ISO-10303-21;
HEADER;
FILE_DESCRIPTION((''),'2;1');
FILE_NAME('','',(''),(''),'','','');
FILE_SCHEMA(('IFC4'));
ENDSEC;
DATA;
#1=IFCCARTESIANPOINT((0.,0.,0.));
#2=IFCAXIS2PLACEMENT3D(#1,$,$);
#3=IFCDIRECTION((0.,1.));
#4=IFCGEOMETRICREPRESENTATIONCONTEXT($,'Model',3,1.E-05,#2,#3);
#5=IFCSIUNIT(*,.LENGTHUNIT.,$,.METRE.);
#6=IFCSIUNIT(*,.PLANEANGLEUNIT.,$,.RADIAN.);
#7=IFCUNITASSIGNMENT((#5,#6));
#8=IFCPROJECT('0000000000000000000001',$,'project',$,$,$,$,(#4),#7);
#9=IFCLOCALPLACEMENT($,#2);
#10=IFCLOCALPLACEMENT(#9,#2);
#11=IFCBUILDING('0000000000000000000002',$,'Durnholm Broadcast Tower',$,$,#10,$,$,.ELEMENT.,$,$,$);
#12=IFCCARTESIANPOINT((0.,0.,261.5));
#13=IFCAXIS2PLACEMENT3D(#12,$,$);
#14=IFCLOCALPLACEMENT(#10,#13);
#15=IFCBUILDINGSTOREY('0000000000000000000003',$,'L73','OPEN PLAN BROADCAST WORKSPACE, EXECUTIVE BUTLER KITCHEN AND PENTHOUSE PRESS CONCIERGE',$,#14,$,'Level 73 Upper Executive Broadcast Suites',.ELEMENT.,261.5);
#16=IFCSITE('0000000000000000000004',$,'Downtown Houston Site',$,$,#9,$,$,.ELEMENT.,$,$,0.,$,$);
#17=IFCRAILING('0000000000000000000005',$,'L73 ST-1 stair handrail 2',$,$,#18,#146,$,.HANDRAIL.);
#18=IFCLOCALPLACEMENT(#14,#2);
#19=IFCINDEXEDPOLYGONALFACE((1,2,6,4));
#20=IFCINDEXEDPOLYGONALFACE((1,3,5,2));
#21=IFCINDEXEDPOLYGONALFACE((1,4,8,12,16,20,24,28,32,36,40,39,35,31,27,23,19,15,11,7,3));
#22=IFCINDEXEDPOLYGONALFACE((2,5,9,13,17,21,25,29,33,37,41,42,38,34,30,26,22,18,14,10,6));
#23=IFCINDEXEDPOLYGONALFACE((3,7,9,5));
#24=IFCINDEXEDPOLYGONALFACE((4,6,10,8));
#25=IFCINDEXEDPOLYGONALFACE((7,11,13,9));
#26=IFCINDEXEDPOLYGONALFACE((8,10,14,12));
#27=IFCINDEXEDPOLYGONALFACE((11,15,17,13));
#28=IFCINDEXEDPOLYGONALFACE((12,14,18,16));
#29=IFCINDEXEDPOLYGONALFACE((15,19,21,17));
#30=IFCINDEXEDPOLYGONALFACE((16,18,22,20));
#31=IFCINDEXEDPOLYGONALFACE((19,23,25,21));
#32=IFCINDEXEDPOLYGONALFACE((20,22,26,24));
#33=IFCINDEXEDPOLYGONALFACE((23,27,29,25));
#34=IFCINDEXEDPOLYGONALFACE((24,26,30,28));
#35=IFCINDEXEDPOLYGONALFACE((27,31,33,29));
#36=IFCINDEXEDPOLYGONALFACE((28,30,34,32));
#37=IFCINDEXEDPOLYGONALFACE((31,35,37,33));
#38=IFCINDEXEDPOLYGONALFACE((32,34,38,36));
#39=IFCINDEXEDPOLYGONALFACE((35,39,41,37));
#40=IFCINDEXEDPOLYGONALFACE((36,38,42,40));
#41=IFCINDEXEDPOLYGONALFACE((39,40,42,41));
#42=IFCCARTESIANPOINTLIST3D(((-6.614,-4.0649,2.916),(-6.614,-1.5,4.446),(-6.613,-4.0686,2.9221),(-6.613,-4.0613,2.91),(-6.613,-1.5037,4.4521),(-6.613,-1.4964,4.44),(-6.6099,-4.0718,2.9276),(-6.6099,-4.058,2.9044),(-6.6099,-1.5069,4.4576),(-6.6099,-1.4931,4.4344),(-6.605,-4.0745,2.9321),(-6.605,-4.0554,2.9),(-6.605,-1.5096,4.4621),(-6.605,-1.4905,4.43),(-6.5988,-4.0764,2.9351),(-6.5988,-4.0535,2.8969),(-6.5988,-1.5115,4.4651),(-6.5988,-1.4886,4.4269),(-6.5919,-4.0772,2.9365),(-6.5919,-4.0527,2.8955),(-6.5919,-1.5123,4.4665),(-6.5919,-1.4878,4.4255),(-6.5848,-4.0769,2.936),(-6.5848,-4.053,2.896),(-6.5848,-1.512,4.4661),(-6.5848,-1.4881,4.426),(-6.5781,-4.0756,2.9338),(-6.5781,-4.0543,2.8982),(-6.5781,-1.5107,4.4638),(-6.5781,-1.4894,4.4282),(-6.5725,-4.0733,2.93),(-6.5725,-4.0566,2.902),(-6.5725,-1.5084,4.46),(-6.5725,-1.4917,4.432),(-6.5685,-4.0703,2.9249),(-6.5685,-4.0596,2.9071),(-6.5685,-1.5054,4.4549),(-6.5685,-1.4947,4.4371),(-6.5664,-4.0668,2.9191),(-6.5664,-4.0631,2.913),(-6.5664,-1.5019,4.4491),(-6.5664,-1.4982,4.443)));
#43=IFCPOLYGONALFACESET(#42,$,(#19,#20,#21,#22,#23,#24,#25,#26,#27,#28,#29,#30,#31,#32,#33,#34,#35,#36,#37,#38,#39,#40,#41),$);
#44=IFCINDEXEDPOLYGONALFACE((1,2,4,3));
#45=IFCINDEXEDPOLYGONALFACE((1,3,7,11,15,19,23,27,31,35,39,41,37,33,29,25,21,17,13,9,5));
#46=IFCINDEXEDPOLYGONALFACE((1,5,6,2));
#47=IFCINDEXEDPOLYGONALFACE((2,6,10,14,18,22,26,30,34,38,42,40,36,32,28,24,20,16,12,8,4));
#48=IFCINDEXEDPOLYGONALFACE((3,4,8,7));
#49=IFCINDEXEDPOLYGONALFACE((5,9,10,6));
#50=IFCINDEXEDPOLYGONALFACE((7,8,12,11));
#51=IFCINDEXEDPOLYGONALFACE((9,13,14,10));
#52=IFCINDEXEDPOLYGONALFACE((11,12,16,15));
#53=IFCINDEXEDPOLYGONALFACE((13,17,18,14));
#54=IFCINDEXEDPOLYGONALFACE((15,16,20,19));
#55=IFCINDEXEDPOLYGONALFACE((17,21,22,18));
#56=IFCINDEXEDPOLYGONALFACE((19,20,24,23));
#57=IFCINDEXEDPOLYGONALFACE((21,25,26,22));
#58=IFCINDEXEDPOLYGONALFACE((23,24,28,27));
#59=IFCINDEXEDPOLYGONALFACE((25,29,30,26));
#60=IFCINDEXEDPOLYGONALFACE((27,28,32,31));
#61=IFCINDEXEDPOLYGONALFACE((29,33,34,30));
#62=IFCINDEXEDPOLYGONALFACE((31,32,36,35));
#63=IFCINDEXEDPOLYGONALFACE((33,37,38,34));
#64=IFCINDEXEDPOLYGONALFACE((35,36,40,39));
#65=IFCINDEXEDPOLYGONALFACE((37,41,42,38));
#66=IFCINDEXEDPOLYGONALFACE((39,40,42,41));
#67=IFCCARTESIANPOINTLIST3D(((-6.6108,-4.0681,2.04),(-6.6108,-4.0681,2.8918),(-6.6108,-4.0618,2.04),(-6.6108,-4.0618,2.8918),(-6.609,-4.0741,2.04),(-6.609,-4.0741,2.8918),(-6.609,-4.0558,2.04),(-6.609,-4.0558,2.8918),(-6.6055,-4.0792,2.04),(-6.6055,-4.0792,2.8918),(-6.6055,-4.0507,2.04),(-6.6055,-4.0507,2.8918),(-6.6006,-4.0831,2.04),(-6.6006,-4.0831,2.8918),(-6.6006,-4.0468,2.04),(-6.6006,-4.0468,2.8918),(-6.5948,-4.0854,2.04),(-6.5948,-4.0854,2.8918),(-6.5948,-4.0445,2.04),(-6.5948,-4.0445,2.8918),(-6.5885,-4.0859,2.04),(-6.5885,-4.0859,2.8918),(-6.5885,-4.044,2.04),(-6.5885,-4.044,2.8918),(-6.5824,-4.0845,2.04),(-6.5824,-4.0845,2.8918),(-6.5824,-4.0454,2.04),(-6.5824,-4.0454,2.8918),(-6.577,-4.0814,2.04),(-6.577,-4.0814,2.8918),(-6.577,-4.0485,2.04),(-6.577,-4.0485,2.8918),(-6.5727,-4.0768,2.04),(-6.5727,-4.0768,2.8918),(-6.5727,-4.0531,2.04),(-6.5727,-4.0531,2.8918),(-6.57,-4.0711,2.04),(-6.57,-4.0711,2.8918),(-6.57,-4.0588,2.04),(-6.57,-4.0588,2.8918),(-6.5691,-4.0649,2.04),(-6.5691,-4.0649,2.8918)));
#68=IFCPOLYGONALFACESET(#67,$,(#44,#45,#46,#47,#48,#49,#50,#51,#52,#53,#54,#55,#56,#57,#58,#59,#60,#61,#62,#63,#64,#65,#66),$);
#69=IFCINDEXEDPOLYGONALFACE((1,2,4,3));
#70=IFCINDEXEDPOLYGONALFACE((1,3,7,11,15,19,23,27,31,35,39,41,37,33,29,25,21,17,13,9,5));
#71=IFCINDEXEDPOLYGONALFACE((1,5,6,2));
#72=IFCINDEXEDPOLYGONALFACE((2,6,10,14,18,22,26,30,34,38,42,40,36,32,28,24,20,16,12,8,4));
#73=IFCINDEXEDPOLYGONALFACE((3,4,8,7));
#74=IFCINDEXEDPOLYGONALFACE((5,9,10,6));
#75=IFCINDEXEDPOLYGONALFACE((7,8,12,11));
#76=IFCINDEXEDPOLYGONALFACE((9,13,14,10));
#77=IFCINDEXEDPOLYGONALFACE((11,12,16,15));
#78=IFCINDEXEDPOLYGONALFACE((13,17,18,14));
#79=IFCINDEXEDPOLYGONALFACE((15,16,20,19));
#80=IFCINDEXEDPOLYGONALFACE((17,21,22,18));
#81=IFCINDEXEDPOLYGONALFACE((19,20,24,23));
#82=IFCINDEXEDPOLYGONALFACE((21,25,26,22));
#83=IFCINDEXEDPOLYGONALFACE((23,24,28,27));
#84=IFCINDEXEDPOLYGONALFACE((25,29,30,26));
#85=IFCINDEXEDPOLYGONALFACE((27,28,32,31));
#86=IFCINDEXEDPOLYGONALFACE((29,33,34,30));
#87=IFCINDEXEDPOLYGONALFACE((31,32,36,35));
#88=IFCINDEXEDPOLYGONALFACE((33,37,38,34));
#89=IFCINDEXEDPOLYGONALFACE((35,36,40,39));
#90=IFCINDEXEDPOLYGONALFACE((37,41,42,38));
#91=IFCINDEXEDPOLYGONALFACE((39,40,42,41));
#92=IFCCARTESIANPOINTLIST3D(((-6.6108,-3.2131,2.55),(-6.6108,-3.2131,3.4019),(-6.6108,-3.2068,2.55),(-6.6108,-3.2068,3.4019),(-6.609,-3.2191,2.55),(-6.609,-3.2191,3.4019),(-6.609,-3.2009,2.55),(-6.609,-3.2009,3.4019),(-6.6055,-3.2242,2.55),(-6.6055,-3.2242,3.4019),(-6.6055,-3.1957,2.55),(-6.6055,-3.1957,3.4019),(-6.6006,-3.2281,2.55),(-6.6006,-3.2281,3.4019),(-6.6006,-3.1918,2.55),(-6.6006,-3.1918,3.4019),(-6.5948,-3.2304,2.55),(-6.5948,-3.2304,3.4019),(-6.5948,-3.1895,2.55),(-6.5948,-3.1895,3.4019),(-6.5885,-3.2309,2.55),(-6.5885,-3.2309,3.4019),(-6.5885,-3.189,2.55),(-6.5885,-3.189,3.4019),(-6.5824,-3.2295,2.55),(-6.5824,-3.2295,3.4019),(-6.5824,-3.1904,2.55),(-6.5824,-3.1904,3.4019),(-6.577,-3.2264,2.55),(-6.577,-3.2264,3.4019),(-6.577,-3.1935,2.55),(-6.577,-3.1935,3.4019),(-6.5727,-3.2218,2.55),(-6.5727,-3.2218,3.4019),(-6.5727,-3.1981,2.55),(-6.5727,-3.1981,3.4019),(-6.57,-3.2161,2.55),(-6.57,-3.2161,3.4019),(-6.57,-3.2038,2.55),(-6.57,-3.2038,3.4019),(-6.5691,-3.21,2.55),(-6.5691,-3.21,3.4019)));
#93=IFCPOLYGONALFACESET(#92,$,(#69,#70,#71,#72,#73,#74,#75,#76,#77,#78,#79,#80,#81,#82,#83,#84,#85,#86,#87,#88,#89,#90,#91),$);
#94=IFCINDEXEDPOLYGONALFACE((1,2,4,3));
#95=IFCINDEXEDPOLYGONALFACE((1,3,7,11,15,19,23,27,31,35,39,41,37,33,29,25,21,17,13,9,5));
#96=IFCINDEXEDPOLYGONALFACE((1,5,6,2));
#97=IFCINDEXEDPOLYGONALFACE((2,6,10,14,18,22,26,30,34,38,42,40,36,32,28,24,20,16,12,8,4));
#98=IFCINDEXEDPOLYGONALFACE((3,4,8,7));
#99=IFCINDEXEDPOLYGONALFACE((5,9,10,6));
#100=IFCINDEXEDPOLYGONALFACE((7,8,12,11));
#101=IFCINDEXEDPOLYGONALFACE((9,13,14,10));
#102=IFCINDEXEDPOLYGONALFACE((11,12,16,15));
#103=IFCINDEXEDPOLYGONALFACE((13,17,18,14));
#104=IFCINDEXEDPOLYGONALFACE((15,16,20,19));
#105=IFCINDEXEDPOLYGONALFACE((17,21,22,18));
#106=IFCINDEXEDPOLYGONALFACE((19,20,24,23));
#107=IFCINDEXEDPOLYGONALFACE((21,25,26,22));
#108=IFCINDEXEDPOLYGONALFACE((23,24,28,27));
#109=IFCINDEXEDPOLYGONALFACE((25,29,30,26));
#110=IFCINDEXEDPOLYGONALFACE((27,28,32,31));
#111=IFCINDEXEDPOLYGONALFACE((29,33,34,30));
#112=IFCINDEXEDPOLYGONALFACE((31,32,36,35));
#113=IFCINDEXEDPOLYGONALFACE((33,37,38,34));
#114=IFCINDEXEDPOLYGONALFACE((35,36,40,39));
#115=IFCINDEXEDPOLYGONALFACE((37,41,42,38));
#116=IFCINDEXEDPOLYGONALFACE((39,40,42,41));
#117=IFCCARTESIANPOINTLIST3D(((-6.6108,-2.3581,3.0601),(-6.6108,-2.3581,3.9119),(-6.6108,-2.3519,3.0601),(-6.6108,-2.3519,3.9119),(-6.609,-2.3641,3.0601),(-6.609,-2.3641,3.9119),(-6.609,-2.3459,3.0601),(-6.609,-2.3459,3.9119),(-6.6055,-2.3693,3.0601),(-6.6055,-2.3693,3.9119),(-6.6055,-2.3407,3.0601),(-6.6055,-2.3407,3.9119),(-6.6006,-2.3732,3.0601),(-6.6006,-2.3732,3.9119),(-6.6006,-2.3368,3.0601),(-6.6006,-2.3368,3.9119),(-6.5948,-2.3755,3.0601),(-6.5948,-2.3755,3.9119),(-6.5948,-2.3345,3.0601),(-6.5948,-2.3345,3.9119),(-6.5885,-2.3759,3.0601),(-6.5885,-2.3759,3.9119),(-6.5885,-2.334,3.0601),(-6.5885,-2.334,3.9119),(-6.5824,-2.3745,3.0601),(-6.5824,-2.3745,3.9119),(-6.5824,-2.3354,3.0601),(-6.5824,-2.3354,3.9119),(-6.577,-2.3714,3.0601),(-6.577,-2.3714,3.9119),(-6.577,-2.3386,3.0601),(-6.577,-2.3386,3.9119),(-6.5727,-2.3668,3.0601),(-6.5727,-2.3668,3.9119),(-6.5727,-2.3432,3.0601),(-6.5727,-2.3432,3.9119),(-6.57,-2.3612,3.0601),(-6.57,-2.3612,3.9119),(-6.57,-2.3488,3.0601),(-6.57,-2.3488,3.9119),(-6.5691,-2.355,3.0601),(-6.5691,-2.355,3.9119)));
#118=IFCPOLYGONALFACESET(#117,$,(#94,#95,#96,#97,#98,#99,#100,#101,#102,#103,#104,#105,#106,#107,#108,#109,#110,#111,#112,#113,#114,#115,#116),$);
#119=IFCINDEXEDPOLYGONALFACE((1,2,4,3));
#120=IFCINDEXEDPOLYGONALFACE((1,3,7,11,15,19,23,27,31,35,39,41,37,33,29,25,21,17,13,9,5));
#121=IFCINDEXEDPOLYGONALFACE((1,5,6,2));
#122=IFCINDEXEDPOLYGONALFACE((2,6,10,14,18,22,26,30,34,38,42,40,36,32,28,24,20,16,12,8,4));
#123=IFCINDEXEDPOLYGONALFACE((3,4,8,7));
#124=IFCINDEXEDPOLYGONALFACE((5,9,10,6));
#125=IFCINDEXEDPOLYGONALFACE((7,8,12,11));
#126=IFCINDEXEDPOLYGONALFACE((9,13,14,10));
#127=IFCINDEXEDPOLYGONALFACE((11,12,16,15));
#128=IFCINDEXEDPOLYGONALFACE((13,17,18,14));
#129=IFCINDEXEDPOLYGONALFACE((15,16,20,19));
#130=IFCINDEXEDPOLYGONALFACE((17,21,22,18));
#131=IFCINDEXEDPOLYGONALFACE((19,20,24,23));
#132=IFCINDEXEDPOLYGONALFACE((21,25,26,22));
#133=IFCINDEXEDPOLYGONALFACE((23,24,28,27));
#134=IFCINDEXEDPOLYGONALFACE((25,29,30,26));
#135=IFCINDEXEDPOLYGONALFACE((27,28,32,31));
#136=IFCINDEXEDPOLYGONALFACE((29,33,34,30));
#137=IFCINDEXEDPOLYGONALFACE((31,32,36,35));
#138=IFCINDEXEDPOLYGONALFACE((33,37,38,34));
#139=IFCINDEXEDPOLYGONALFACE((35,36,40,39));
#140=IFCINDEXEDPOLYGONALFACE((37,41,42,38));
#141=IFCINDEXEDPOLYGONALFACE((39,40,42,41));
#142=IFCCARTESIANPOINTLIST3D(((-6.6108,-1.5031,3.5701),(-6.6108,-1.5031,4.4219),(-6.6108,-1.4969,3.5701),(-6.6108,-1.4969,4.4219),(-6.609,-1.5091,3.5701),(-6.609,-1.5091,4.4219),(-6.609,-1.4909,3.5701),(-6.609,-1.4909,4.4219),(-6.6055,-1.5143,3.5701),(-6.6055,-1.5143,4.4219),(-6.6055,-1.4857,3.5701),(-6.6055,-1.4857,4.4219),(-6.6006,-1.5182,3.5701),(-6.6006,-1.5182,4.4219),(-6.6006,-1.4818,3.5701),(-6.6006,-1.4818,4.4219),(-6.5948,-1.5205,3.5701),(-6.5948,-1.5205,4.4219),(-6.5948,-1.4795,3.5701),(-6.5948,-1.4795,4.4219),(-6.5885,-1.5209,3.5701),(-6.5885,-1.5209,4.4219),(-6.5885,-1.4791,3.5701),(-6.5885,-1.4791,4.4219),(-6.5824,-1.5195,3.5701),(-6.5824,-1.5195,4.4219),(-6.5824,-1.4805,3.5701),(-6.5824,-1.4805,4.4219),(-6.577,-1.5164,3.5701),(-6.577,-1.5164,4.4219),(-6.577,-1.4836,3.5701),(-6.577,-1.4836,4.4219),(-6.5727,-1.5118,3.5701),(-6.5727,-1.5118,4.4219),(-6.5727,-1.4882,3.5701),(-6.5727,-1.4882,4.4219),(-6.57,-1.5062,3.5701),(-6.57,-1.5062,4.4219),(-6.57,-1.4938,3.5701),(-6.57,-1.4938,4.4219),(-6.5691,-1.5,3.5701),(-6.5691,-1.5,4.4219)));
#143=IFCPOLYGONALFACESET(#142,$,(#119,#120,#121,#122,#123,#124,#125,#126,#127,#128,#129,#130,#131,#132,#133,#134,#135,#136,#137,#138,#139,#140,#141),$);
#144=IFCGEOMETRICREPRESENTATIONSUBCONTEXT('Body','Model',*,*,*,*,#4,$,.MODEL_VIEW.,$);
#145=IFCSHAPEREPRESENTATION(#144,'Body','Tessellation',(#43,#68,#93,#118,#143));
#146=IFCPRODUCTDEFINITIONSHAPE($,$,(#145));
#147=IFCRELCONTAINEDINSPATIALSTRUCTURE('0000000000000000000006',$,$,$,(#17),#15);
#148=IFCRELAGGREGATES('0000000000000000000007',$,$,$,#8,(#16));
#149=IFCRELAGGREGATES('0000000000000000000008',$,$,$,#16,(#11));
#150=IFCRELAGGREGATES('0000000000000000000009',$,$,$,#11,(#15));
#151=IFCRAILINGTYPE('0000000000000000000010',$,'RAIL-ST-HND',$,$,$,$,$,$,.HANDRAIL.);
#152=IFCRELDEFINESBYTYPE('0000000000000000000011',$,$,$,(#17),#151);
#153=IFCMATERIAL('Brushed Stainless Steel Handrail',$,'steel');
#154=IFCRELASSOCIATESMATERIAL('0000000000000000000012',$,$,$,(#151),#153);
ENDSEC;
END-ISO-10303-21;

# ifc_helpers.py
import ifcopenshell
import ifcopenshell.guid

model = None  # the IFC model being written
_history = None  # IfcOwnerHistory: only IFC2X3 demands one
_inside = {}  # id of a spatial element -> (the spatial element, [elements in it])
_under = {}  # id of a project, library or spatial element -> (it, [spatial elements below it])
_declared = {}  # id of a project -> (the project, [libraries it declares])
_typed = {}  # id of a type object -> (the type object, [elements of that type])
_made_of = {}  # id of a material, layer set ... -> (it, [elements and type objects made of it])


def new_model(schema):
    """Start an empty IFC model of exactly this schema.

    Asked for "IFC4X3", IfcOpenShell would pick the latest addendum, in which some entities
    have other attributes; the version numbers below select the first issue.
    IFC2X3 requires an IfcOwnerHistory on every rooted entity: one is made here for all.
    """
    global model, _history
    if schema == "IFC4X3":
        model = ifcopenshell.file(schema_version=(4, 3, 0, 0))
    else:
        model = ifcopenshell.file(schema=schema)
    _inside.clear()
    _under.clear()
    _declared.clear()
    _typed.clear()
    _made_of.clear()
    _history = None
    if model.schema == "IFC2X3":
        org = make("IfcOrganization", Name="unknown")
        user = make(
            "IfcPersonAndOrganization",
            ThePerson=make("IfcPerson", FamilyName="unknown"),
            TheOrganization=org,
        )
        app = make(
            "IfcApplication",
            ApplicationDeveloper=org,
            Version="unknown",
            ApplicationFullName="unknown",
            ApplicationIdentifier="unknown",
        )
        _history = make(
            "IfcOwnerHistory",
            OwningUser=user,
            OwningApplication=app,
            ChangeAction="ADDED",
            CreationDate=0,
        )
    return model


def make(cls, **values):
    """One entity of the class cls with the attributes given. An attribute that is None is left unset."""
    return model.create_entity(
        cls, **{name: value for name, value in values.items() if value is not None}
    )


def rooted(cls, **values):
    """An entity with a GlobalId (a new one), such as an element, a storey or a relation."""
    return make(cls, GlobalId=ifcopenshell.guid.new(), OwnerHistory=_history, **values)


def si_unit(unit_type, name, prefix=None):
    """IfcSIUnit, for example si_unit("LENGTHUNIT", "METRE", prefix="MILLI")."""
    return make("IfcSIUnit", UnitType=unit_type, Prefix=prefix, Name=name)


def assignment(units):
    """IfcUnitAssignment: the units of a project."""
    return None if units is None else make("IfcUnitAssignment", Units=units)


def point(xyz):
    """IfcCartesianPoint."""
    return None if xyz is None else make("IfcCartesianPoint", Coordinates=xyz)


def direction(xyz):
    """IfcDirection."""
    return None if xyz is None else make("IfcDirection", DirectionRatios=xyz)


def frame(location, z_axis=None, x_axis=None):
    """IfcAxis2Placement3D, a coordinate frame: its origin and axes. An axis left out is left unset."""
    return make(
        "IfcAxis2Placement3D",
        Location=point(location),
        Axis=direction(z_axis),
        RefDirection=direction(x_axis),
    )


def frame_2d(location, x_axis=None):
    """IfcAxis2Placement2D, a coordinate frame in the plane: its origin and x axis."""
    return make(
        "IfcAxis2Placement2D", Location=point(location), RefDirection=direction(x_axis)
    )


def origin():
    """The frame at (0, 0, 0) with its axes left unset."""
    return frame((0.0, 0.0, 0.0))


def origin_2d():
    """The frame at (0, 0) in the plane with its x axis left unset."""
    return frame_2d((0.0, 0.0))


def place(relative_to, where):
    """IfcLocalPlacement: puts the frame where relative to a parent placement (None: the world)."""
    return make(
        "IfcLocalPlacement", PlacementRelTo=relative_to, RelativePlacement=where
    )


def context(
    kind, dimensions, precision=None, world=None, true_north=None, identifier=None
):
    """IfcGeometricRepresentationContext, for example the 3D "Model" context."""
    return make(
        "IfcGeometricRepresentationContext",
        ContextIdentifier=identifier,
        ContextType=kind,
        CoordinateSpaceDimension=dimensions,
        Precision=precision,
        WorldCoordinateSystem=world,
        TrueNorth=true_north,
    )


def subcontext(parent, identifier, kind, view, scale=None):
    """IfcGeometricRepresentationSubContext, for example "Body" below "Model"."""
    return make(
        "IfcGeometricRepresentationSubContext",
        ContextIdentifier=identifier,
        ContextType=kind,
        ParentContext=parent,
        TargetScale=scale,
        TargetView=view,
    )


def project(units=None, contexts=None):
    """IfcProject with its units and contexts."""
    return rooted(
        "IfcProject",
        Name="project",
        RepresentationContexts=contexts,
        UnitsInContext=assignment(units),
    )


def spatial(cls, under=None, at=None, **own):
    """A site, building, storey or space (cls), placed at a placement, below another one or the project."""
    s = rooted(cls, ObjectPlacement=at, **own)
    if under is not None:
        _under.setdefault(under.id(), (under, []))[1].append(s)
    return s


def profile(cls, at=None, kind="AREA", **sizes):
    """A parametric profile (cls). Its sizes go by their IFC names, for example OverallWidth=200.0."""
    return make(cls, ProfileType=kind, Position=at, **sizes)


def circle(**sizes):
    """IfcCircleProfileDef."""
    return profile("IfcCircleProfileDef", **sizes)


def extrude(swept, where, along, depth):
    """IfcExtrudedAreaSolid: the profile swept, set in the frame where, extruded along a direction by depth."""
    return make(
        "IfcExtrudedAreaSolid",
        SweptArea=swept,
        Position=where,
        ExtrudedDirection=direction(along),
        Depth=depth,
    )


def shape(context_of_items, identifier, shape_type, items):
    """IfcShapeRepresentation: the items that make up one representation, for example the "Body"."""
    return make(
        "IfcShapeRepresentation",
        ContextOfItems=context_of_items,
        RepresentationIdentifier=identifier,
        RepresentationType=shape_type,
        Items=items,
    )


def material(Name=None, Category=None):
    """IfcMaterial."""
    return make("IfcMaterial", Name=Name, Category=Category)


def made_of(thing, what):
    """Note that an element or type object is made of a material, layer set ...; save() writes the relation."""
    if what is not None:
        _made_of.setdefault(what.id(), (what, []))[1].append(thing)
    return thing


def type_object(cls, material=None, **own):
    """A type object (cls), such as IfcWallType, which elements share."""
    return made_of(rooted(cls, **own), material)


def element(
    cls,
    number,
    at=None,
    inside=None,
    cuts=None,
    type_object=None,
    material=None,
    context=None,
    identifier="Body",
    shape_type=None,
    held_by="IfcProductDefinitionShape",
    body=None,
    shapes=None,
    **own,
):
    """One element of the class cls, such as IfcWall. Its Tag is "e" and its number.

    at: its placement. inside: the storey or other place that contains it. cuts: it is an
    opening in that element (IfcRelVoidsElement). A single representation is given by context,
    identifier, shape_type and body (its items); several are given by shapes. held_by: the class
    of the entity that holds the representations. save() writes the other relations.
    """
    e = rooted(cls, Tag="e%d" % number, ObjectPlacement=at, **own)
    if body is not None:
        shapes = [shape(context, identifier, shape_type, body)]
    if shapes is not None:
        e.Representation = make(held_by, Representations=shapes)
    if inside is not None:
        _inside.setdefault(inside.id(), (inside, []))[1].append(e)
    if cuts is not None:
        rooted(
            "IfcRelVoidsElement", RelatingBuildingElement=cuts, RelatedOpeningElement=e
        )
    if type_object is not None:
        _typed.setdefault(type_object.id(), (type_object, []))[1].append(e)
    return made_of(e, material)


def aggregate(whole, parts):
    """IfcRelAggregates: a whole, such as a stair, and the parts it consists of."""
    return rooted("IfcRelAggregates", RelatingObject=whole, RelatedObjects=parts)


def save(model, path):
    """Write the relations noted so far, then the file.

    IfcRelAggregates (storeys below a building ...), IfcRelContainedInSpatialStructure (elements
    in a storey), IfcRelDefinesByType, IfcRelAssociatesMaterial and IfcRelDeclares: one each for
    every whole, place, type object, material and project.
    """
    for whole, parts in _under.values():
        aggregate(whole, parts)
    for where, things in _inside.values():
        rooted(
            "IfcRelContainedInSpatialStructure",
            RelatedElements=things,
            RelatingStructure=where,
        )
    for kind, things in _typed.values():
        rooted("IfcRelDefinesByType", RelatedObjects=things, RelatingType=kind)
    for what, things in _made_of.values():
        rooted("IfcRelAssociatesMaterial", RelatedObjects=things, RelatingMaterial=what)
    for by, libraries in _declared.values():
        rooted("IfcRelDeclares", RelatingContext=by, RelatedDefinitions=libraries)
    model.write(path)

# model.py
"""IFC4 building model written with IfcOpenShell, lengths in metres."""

from ifc_helpers import new_model, si_unit, direction, frame, origin, origin_2d, place, context, subcontext, project, spatial, circle, extrude, material, type_object, element, save


model = new_model("IFC4")

# Units and contexts
model_context = context("Model", 3, precision=1e-05, world=origin(), true_north=direction((0.0, 1.0)))
body_context = subcontext(model_context, "Body", "Model", "MODEL_VIEW")
ifc_project = project(units=[si_unit("LENGTHUNIT", "METRE"), si_unit("PLANEANGLEUNIT", "RADIAN")], contexts=[model_context])

# Site, building, storey
site_placement = place(None, origin())
site = spatial("IfcSite", under=ifc_project, at=site_placement, Name="Downtown Houston Site", CompositionType="ELEMENT", RefElevation=0.0)
building_placement = place(site_placement, origin())
building = spatial("IfcBuilding", under=site, at=building_placement, Name="Durnholm Broadcast Tower", CompositionType="ELEMENT")
storey_placement = place(building_placement, frame((0.0, 0.0, 261.5)))
storey = spatial("IfcBuildingStorey", under=building, at=storey_placement, Name="L73", Description="OPEN PLAN BROADCAST WORKSPACE, EXECUTIVE BUTLER KITCHEN AND PENTHOUSE PRESS CONCIERGE", LongName="Level 73 Upper Executive Broadcast Suites", CompositionType="ELEMENT", Elevation=261.5)

# Railing
ifc_material_1 = material(Name="Brushed Stainless Steel Handrail", Category="steel")
railing_type_1 = type_object("IfcRailingType", Name="RAIL-ST-HND", PredefinedType="HANDRAIL", material=ifc_material_1)
railing_1_placement = place(storey_placement, frame((-6.5901, -4.0649, 2.04)))
element("IfcRailing", 1, at=railing_1_placement, inside=storey, type_object=railing_type_1, Name="L73 ST-1 stair handrail 2", PredefinedType="HANDRAIL", context=body_context, shape_type="SweptSolid", body=[
    extrude(circle(Radius=0.0239, at=origin_2d()), frame((0.0, 0.0, 0.876), z_axis=(0.0, 0.85881, 0.512294), x_axis=(-1.0, 0.0, 0.0)), (0.0, 0.0, 1.0), 2.9866),
    extrude(circle(Radius=0.021, at=origin_2d()), origin(), (0.0, 0.0, 1.0), 0.8518),
    extrude(circle(Radius=0.021, at=origin_2d()), frame((0.0, 0.855, 0.51)), (0.0, 0.0, 1.0), 0.8518),
    extrude(circle(Radius=0.021, at=origin_2d()), frame((0.0, 1.71, 1.02)), (0.0, 0.0, 1.0), 0.8518),
    extrude(circle(Radius=0.021, at=origin_2d()), frame((0.0, 2.5649, 1.53)), (0.0, 0.0, 1.0), 0.8518),
])

save(model, "model.ifc")
